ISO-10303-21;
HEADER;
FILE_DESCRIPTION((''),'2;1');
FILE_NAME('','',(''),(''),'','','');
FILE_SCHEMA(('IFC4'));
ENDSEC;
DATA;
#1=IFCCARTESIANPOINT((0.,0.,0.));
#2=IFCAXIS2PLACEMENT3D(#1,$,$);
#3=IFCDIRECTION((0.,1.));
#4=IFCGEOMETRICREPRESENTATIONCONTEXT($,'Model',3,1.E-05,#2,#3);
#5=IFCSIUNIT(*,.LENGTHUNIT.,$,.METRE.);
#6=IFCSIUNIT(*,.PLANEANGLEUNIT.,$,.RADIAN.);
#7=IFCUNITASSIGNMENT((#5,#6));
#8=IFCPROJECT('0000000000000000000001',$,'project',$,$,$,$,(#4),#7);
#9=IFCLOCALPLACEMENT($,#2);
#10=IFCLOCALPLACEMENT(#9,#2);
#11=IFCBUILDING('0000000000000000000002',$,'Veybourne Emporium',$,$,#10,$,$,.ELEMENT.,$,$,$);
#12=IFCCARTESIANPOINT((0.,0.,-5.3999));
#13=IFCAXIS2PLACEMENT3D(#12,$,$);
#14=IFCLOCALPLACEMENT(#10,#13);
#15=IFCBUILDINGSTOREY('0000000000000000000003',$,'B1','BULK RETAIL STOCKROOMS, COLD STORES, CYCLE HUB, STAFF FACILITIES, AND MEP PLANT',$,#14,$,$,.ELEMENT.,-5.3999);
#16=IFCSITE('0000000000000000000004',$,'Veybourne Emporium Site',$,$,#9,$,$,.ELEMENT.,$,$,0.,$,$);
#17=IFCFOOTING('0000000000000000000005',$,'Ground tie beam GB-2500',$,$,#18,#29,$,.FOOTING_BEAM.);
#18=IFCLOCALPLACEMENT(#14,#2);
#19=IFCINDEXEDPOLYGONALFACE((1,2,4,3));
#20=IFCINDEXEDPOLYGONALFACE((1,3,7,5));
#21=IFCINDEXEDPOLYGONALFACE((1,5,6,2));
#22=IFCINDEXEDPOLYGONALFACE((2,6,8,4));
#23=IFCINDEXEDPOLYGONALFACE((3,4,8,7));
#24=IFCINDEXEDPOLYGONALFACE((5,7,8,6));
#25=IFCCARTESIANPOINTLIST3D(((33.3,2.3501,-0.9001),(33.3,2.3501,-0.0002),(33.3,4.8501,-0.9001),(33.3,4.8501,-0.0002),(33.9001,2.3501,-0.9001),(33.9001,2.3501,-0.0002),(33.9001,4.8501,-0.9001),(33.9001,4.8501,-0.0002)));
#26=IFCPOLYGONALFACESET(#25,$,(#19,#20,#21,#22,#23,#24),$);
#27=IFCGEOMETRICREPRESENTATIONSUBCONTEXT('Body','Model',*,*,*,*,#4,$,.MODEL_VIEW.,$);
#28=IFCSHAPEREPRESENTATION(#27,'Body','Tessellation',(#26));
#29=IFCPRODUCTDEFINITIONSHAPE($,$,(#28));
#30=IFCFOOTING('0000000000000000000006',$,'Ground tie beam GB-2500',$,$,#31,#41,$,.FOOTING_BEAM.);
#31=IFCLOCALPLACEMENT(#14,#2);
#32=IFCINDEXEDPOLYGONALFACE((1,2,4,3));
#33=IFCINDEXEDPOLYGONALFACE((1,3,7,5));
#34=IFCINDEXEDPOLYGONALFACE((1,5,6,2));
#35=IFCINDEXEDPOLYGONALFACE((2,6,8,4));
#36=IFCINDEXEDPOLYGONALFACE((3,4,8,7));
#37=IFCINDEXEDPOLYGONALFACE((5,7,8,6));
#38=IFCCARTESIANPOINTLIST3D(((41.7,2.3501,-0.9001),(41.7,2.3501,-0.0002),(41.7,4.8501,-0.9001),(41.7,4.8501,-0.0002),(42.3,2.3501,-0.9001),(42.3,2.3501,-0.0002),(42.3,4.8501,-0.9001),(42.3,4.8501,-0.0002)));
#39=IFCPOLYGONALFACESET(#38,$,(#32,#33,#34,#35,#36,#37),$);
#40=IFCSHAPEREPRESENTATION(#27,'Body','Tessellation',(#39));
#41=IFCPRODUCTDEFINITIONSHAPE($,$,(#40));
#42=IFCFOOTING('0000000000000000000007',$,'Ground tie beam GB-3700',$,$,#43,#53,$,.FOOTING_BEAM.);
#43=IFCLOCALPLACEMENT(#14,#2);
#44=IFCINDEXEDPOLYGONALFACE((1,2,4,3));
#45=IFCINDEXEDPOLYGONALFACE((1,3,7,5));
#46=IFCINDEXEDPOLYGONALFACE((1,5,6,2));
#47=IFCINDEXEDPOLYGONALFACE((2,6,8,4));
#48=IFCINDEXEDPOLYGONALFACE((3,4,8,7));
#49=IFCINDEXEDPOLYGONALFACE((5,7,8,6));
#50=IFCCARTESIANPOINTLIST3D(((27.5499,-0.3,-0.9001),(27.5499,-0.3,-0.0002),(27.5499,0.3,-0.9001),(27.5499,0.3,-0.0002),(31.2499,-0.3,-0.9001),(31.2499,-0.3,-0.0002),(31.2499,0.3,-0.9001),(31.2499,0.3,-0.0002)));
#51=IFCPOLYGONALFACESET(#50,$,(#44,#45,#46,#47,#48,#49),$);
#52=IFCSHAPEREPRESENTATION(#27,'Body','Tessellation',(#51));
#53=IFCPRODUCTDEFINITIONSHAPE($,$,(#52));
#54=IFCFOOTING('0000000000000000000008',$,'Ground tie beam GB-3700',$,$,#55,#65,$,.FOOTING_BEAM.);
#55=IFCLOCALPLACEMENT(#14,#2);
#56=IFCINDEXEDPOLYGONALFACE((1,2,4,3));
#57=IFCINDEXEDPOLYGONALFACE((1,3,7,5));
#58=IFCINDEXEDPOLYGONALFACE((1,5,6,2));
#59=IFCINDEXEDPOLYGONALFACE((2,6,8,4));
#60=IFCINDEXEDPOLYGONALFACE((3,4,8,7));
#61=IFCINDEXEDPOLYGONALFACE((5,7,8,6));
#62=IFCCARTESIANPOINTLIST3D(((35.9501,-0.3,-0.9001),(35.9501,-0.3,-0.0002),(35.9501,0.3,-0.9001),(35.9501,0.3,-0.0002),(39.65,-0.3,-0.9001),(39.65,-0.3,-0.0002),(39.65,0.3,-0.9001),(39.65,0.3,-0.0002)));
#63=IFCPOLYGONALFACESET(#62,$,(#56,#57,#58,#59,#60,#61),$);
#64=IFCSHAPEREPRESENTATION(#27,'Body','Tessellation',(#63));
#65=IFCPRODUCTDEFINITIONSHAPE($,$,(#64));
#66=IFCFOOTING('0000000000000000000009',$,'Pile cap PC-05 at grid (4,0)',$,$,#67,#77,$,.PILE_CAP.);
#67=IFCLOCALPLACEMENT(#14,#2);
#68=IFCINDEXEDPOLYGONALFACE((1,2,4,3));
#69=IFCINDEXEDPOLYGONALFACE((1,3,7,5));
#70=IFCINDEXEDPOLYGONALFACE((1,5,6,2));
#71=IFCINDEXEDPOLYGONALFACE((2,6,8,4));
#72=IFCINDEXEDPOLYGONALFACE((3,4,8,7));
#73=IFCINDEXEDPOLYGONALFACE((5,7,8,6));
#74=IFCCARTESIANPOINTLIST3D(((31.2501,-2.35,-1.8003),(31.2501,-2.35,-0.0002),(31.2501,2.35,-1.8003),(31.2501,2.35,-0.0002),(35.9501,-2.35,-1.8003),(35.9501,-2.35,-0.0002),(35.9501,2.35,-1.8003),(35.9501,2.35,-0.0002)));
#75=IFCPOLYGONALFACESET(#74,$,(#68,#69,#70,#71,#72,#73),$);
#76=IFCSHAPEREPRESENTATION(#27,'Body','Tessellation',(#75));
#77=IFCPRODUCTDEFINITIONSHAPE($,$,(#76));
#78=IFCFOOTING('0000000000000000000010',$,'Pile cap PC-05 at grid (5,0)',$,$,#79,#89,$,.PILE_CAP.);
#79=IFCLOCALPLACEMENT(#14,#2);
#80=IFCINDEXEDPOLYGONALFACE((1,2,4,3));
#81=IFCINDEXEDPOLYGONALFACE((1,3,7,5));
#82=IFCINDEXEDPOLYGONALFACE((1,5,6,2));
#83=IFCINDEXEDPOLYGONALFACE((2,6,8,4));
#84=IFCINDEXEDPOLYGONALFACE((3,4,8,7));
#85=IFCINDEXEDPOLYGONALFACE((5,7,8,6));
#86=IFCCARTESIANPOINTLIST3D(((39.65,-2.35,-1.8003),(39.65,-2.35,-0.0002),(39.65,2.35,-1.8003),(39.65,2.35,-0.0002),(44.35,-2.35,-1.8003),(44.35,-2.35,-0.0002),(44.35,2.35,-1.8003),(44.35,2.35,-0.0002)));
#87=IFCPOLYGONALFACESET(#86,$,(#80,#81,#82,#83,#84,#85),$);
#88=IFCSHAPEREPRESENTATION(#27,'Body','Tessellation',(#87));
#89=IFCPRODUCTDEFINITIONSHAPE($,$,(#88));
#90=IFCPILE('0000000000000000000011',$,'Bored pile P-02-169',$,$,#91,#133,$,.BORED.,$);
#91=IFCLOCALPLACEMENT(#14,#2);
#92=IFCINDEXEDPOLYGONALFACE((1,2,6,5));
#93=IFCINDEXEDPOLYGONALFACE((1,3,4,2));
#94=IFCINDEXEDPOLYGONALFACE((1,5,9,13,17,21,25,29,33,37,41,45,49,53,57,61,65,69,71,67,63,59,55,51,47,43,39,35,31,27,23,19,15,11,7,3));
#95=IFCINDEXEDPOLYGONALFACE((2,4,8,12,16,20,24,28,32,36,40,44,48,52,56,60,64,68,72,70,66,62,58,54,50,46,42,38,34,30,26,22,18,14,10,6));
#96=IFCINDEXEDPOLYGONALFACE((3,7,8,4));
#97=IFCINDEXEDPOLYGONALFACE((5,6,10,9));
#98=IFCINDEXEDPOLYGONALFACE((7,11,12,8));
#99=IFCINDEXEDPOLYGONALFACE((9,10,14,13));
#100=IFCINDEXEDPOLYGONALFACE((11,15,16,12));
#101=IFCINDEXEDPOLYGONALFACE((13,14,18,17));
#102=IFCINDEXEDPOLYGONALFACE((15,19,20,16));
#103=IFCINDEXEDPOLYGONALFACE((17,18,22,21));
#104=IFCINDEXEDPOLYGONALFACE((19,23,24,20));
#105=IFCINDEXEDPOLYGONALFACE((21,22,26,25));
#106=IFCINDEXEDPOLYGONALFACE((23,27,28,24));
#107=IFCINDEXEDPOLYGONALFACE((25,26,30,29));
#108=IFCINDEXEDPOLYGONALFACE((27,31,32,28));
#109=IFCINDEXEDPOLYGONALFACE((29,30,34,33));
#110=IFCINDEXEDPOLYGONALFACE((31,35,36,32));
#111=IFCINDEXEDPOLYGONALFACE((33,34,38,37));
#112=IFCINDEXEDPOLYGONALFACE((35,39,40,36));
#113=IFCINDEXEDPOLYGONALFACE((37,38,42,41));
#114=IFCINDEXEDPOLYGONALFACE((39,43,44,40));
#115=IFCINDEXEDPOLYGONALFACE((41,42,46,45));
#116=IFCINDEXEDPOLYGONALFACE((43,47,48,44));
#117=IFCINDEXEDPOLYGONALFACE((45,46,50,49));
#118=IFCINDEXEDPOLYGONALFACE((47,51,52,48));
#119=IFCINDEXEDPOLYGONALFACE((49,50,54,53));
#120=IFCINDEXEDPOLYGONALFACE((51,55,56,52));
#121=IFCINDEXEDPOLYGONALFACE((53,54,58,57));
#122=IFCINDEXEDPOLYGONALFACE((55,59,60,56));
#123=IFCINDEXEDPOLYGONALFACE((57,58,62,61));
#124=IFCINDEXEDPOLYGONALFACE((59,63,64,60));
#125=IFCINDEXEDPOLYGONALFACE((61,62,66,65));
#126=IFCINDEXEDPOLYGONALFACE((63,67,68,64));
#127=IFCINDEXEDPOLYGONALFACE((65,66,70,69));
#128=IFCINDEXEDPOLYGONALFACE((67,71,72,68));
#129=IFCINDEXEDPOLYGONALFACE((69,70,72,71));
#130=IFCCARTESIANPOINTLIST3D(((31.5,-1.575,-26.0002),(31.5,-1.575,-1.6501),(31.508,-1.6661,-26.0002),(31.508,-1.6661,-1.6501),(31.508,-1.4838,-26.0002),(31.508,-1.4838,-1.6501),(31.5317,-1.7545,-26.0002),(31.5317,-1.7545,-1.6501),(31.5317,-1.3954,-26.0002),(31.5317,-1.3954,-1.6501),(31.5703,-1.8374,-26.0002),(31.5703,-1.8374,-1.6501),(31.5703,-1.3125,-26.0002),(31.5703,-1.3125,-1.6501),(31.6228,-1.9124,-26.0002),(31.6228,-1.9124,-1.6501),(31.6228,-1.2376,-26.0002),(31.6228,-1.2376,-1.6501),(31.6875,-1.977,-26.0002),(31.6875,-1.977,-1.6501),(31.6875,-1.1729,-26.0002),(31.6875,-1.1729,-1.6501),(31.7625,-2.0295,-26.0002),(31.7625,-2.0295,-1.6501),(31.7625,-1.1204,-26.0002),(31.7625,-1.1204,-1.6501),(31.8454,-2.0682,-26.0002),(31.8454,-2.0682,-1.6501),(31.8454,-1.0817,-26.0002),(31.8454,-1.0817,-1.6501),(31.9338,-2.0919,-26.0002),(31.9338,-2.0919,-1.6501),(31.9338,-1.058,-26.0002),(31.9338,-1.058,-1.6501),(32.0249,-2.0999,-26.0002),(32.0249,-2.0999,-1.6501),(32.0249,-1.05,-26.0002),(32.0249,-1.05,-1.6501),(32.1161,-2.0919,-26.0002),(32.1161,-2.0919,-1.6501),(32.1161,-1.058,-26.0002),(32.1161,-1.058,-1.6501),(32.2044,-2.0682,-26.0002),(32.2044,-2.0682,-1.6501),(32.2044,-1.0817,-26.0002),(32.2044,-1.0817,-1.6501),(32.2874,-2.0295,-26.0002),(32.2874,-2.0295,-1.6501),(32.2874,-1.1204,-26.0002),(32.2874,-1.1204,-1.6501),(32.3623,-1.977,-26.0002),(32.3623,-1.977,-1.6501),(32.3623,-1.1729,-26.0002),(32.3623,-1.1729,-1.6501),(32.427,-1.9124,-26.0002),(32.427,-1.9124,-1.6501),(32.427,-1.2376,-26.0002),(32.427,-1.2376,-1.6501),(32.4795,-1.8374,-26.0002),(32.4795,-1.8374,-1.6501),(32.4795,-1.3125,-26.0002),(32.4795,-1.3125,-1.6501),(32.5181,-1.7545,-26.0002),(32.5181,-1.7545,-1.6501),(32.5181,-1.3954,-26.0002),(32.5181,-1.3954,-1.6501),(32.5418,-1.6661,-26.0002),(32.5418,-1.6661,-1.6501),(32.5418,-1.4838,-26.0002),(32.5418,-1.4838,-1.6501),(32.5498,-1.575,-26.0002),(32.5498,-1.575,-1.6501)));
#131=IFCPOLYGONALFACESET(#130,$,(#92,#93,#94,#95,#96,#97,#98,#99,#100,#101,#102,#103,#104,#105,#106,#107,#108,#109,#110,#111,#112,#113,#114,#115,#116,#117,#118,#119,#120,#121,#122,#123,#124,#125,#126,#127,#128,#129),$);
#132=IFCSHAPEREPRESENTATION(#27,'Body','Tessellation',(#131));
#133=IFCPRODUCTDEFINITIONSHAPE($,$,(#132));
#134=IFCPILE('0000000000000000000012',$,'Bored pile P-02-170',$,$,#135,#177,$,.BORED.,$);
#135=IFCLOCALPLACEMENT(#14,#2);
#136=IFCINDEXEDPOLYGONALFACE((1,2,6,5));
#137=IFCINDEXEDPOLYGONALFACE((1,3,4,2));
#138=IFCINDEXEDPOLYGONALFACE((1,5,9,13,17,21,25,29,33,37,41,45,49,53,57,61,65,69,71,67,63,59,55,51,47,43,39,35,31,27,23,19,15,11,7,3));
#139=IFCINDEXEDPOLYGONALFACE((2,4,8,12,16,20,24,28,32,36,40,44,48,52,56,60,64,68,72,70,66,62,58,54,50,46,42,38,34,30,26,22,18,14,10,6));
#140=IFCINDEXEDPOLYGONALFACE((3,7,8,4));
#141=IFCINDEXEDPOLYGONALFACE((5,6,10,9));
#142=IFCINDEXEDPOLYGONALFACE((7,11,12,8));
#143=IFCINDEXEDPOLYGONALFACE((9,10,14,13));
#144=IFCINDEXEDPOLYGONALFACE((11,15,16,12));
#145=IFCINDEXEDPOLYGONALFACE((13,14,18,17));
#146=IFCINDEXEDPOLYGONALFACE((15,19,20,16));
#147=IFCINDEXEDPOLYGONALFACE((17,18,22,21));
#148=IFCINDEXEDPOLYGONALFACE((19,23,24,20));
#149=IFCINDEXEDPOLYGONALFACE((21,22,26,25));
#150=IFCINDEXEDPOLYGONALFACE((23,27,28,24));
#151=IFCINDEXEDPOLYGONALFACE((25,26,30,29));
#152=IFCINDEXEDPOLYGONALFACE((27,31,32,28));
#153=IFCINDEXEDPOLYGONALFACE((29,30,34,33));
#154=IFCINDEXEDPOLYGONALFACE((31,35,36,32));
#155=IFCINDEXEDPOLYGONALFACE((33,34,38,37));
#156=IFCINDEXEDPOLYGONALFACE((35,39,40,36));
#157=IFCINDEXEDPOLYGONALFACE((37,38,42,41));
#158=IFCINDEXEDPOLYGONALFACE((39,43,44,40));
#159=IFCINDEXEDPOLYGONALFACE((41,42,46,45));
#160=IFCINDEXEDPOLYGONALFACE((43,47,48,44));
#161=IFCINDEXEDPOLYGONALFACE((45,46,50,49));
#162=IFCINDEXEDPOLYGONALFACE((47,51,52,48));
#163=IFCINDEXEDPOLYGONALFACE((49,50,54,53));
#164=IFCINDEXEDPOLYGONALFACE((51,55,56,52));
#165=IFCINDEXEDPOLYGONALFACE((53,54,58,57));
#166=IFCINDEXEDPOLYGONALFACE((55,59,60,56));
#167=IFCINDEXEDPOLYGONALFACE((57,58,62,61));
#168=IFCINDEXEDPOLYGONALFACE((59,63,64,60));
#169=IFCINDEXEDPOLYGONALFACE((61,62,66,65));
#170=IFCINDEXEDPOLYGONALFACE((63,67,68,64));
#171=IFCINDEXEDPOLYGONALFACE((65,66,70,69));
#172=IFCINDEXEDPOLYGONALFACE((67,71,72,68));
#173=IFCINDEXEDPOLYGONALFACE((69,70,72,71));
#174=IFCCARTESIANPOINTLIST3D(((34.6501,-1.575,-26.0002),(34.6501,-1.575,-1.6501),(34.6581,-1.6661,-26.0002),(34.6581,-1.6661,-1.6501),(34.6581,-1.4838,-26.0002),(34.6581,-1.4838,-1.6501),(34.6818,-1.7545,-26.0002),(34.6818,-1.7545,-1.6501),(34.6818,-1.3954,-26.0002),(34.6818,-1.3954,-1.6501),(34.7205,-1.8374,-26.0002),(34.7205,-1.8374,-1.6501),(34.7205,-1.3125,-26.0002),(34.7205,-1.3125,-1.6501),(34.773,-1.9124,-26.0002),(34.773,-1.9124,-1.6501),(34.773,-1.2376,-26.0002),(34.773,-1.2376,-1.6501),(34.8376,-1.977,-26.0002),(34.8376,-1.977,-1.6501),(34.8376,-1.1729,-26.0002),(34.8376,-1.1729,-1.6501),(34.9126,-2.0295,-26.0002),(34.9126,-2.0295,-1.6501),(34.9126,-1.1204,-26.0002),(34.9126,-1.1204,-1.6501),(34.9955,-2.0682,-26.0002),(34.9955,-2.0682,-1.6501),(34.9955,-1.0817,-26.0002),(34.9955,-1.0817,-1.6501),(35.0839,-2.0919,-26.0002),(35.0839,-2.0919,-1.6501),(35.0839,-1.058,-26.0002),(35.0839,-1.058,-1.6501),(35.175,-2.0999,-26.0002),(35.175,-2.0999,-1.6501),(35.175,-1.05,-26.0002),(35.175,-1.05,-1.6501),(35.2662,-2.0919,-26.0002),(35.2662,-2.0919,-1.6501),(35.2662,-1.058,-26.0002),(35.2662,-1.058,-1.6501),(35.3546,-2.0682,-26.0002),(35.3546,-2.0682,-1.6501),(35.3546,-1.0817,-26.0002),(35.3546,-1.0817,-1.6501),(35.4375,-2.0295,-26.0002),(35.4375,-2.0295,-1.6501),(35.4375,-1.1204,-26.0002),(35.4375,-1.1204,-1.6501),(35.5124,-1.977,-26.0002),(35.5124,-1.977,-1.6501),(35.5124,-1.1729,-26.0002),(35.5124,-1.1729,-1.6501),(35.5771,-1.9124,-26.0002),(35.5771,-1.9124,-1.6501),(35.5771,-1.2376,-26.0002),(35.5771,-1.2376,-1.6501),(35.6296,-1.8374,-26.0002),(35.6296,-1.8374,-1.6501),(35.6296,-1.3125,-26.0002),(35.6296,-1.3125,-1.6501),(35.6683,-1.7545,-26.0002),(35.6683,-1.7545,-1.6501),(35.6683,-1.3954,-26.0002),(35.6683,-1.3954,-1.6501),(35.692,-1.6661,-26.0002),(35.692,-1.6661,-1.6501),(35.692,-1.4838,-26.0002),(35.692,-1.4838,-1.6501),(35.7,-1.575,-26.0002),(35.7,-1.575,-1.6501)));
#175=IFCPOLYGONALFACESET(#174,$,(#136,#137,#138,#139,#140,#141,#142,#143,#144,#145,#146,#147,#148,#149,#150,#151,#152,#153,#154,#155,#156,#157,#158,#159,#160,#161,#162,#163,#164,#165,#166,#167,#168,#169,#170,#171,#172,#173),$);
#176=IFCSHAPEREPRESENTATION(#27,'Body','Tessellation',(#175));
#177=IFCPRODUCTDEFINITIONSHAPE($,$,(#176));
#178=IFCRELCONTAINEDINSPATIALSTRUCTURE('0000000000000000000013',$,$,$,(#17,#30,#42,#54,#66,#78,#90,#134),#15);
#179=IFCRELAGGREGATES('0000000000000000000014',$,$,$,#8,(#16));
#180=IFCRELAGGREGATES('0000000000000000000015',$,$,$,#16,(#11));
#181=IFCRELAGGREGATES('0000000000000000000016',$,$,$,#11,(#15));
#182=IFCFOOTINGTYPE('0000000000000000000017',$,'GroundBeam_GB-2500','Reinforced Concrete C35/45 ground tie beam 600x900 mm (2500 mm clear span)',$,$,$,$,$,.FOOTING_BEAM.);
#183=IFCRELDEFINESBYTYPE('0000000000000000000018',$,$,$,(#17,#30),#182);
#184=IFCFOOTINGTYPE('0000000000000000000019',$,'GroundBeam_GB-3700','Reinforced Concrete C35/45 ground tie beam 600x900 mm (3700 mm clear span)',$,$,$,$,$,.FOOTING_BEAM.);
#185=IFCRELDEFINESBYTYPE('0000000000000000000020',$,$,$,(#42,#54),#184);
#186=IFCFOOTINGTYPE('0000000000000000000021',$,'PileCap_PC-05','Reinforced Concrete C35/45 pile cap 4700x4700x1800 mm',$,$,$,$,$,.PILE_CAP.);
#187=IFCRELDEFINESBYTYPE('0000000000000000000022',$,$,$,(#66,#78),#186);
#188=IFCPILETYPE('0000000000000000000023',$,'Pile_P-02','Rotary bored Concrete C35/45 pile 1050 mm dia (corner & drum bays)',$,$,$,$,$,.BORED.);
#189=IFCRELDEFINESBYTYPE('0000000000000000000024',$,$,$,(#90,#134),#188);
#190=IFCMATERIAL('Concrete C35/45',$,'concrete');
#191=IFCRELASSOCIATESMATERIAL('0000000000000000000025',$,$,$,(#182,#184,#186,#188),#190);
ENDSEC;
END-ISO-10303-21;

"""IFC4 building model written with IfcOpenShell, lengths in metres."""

from ifc_helpers import new_model, si_unit, direction, frame, origin, origin_2d, place, context, subcontext, project, spatial, rectangle, circle, extrude, material, material_profile, profile_set, type_object, element, save


model = new_model("IFC4")

# Units and contexts
model_context = context("Model", 3, precision=1e-05, world=origin(), true_north=direction((0.0, 1.0)))
body_context = subcontext(model_context, "Body", "Model", "MODEL_VIEW")
ifc_project = project(units=[si_unit("LENGTHUNIT", "METRE"), si_unit("PLANEANGLEUNIT", "RADIAN")], contexts=[model_context])

# Site, building, storey
site_placement = place(None, origin())
site = spatial("IfcSite", under=ifc_project, at=site_placement, Name="Veybourne Emporium Site", CompositionType="ELEMENT", RefElevation=0.0)
building_placement = place(site_placement, origin())
building = spatial("IfcBuilding", under=site, at=building_placement, Name="Veybourne Emporium", CompositionType="ELEMENT")
storey_placement = place(building_placement, frame((0.0, 0.0, -5.3999)))
storey = spatial("IfcBuildingStorey", under=building, at=storey_placement, Name="B1", Description="BULK RETAIL STOCKROOMS, COLD STORES, CYCLE HUB, STAFF FACILITIES, AND MEP PLANT", CompositionType="ELEMENT", Elevation=-5.3999)

# Footings
ifc_material_1 = material(Name="Concrete C35/45", Category="concrete")
footing_type_1 = type_object("IfcFootingType", Name="GroundBeam_GB-2500", Description="Reinforced Concrete C35/45 ground tie beam 600x900 mm (2500 mm clear span)", PredefinedType="FOOTING_BEAM", material=ifc_material_1)
for number, where, z_axis, x_axis, name in (
    (1, (33.6001, 3.6001, -0.9001), (0.0, 0.0, 1.0), (0.0, 1.0, 0.0), "Ground tie beam GB-2500"),
    (2, (42.0, 3.6001, -0.9001), (0.0, 0.0, 1.0), (0.0, 1.0, 0.0), "Ground tie beam GB-2500"),
):
    element("IfcFooting", number, at=place(storey_placement, frame(where, z_axis=z_axis, x_axis=x_axis)), inside=storey, type_object=footing_type_1, Name=name, PredefinedType="FOOTING_BEAM", context=body_context, shape_type="SweptSolid", body=[
        extrude(rectangle(XDim=2.5, YDim=0.6001, at=origin_2d()), origin(), (0.0, 0.0, 1.0), 0.8999),
    ])
footing_type_2 = type_object("IfcFootingType", Name="GroundBeam_GB-3700", Description="Reinforced Concrete C35/45 ground tie beam 600x900 mm (3700 mm clear span)", PredefinedType="FOOTING_BEAM", material=ifc_material_1)
for number, where, z_axis, x_axis, name in (
    (3, (29.3999, 0.0, -0.9001), (0.0, 0.0, 1.0), (1.0, 0.0, 0.0), "Ground tie beam GB-3700"),
    (4, (37.8, 0.0, -0.9001), (0.0, 0.0, 1.0), (1.0, 0.0, 0.0), "Ground tie beam GB-3700"),
):
    element("IfcFooting", number, at=place(storey_placement, frame(where, z_axis=z_axis, x_axis=x_axis)), inside=storey, type_object=footing_type_2, Name=name, PredefinedType="FOOTING_BEAM", context=body_context, shape_type="SweptSolid", body=[
        extrude(rectangle(XDim=3.7, YDim=0.6001, at=origin_2d()), origin(), (0.0, 0.0, 1.0), 0.8999),
    ])
footing_type_3 = type_object("IfcFootingType", Name="PileCap_PC-05", Description="Reinforced Concrete C35/45 pile cap 4700x4700x1800 mm", PredefinedType="PILE_CAP", material=ifc_material_1)
for number, where, z_axis, x_axis, name in (
    (5, (33.6001, 0.0, -1.8003), (0.0, 0.0, 1.0), (1.0, 0.0, 0.0), "Pile cap PC-05 at grid (4,0)"),
    (6, (42.0, 0.0, -1.8003), (0.0, 0.0, 1.0), (1.0, 0.0, 0.0), "Pile cap PC-05 at grid (5,0)"),
):
    element("IfcFooting", number, at=place(storey_placement, frame(where, z_axis=z_axis, x_axis=x_axis)), inside=storey, type_object=footing_type_3, Name=name, PredefinedType="PILE_CAP", context=body_context, shape_type="SweptSolid", body=[
        extrude(rectangle(XDim=4.7, YDim=4.7, at=origin_2d()), origin(), (0.0, 0.0, 1.0), 1.8),
    ])

# Piles
ifc_material_profile_1 = material_profile(ifc_material_1, circle(Radius=0.5249, at=origin_2d()), Name="BORED PILE 1050")
ifc_profile_set_1 = profile_set([ifc_material_profile_1], Name="Concrete C35/45")
pile_type = type_object("IfcPileType", Name="Pile_P-02", Description="Rotary bored Concrete C35/45 pile 1050 mm dia (corner & drum bays)", PredefinedType="BORED", material=ifc_profile_set_1)
for number, where, z_axis, x_axis, name in (
    (7, (32.0249, -1.575, -1.6501), (0.0, 0.0, -1.0), (1.0, 0.0, 0.0), "Bored pile P-02-169"),
    (8, (35.175, -1.575, -1.6501), (0.0, 0.0, -1.0), (1.0, 0.0, 0.0), "Bored pile P-02-170"),
):
    element("IfcPile", number, at=place(storey_placement, frame(where, z_axis=z_axis, x_axis=x_axis)), inside=storey, type_object=pile_type, Name=name, PredefinedType="BORED", context=body_context, shape_type="SweptSolid", body=[
        extrude(circle(Radius=0.5249, at=origin_2d()), origin(), (0.0, 0.0, 1.0), 24.3501),
    ])

save(model, "model.ifc")
